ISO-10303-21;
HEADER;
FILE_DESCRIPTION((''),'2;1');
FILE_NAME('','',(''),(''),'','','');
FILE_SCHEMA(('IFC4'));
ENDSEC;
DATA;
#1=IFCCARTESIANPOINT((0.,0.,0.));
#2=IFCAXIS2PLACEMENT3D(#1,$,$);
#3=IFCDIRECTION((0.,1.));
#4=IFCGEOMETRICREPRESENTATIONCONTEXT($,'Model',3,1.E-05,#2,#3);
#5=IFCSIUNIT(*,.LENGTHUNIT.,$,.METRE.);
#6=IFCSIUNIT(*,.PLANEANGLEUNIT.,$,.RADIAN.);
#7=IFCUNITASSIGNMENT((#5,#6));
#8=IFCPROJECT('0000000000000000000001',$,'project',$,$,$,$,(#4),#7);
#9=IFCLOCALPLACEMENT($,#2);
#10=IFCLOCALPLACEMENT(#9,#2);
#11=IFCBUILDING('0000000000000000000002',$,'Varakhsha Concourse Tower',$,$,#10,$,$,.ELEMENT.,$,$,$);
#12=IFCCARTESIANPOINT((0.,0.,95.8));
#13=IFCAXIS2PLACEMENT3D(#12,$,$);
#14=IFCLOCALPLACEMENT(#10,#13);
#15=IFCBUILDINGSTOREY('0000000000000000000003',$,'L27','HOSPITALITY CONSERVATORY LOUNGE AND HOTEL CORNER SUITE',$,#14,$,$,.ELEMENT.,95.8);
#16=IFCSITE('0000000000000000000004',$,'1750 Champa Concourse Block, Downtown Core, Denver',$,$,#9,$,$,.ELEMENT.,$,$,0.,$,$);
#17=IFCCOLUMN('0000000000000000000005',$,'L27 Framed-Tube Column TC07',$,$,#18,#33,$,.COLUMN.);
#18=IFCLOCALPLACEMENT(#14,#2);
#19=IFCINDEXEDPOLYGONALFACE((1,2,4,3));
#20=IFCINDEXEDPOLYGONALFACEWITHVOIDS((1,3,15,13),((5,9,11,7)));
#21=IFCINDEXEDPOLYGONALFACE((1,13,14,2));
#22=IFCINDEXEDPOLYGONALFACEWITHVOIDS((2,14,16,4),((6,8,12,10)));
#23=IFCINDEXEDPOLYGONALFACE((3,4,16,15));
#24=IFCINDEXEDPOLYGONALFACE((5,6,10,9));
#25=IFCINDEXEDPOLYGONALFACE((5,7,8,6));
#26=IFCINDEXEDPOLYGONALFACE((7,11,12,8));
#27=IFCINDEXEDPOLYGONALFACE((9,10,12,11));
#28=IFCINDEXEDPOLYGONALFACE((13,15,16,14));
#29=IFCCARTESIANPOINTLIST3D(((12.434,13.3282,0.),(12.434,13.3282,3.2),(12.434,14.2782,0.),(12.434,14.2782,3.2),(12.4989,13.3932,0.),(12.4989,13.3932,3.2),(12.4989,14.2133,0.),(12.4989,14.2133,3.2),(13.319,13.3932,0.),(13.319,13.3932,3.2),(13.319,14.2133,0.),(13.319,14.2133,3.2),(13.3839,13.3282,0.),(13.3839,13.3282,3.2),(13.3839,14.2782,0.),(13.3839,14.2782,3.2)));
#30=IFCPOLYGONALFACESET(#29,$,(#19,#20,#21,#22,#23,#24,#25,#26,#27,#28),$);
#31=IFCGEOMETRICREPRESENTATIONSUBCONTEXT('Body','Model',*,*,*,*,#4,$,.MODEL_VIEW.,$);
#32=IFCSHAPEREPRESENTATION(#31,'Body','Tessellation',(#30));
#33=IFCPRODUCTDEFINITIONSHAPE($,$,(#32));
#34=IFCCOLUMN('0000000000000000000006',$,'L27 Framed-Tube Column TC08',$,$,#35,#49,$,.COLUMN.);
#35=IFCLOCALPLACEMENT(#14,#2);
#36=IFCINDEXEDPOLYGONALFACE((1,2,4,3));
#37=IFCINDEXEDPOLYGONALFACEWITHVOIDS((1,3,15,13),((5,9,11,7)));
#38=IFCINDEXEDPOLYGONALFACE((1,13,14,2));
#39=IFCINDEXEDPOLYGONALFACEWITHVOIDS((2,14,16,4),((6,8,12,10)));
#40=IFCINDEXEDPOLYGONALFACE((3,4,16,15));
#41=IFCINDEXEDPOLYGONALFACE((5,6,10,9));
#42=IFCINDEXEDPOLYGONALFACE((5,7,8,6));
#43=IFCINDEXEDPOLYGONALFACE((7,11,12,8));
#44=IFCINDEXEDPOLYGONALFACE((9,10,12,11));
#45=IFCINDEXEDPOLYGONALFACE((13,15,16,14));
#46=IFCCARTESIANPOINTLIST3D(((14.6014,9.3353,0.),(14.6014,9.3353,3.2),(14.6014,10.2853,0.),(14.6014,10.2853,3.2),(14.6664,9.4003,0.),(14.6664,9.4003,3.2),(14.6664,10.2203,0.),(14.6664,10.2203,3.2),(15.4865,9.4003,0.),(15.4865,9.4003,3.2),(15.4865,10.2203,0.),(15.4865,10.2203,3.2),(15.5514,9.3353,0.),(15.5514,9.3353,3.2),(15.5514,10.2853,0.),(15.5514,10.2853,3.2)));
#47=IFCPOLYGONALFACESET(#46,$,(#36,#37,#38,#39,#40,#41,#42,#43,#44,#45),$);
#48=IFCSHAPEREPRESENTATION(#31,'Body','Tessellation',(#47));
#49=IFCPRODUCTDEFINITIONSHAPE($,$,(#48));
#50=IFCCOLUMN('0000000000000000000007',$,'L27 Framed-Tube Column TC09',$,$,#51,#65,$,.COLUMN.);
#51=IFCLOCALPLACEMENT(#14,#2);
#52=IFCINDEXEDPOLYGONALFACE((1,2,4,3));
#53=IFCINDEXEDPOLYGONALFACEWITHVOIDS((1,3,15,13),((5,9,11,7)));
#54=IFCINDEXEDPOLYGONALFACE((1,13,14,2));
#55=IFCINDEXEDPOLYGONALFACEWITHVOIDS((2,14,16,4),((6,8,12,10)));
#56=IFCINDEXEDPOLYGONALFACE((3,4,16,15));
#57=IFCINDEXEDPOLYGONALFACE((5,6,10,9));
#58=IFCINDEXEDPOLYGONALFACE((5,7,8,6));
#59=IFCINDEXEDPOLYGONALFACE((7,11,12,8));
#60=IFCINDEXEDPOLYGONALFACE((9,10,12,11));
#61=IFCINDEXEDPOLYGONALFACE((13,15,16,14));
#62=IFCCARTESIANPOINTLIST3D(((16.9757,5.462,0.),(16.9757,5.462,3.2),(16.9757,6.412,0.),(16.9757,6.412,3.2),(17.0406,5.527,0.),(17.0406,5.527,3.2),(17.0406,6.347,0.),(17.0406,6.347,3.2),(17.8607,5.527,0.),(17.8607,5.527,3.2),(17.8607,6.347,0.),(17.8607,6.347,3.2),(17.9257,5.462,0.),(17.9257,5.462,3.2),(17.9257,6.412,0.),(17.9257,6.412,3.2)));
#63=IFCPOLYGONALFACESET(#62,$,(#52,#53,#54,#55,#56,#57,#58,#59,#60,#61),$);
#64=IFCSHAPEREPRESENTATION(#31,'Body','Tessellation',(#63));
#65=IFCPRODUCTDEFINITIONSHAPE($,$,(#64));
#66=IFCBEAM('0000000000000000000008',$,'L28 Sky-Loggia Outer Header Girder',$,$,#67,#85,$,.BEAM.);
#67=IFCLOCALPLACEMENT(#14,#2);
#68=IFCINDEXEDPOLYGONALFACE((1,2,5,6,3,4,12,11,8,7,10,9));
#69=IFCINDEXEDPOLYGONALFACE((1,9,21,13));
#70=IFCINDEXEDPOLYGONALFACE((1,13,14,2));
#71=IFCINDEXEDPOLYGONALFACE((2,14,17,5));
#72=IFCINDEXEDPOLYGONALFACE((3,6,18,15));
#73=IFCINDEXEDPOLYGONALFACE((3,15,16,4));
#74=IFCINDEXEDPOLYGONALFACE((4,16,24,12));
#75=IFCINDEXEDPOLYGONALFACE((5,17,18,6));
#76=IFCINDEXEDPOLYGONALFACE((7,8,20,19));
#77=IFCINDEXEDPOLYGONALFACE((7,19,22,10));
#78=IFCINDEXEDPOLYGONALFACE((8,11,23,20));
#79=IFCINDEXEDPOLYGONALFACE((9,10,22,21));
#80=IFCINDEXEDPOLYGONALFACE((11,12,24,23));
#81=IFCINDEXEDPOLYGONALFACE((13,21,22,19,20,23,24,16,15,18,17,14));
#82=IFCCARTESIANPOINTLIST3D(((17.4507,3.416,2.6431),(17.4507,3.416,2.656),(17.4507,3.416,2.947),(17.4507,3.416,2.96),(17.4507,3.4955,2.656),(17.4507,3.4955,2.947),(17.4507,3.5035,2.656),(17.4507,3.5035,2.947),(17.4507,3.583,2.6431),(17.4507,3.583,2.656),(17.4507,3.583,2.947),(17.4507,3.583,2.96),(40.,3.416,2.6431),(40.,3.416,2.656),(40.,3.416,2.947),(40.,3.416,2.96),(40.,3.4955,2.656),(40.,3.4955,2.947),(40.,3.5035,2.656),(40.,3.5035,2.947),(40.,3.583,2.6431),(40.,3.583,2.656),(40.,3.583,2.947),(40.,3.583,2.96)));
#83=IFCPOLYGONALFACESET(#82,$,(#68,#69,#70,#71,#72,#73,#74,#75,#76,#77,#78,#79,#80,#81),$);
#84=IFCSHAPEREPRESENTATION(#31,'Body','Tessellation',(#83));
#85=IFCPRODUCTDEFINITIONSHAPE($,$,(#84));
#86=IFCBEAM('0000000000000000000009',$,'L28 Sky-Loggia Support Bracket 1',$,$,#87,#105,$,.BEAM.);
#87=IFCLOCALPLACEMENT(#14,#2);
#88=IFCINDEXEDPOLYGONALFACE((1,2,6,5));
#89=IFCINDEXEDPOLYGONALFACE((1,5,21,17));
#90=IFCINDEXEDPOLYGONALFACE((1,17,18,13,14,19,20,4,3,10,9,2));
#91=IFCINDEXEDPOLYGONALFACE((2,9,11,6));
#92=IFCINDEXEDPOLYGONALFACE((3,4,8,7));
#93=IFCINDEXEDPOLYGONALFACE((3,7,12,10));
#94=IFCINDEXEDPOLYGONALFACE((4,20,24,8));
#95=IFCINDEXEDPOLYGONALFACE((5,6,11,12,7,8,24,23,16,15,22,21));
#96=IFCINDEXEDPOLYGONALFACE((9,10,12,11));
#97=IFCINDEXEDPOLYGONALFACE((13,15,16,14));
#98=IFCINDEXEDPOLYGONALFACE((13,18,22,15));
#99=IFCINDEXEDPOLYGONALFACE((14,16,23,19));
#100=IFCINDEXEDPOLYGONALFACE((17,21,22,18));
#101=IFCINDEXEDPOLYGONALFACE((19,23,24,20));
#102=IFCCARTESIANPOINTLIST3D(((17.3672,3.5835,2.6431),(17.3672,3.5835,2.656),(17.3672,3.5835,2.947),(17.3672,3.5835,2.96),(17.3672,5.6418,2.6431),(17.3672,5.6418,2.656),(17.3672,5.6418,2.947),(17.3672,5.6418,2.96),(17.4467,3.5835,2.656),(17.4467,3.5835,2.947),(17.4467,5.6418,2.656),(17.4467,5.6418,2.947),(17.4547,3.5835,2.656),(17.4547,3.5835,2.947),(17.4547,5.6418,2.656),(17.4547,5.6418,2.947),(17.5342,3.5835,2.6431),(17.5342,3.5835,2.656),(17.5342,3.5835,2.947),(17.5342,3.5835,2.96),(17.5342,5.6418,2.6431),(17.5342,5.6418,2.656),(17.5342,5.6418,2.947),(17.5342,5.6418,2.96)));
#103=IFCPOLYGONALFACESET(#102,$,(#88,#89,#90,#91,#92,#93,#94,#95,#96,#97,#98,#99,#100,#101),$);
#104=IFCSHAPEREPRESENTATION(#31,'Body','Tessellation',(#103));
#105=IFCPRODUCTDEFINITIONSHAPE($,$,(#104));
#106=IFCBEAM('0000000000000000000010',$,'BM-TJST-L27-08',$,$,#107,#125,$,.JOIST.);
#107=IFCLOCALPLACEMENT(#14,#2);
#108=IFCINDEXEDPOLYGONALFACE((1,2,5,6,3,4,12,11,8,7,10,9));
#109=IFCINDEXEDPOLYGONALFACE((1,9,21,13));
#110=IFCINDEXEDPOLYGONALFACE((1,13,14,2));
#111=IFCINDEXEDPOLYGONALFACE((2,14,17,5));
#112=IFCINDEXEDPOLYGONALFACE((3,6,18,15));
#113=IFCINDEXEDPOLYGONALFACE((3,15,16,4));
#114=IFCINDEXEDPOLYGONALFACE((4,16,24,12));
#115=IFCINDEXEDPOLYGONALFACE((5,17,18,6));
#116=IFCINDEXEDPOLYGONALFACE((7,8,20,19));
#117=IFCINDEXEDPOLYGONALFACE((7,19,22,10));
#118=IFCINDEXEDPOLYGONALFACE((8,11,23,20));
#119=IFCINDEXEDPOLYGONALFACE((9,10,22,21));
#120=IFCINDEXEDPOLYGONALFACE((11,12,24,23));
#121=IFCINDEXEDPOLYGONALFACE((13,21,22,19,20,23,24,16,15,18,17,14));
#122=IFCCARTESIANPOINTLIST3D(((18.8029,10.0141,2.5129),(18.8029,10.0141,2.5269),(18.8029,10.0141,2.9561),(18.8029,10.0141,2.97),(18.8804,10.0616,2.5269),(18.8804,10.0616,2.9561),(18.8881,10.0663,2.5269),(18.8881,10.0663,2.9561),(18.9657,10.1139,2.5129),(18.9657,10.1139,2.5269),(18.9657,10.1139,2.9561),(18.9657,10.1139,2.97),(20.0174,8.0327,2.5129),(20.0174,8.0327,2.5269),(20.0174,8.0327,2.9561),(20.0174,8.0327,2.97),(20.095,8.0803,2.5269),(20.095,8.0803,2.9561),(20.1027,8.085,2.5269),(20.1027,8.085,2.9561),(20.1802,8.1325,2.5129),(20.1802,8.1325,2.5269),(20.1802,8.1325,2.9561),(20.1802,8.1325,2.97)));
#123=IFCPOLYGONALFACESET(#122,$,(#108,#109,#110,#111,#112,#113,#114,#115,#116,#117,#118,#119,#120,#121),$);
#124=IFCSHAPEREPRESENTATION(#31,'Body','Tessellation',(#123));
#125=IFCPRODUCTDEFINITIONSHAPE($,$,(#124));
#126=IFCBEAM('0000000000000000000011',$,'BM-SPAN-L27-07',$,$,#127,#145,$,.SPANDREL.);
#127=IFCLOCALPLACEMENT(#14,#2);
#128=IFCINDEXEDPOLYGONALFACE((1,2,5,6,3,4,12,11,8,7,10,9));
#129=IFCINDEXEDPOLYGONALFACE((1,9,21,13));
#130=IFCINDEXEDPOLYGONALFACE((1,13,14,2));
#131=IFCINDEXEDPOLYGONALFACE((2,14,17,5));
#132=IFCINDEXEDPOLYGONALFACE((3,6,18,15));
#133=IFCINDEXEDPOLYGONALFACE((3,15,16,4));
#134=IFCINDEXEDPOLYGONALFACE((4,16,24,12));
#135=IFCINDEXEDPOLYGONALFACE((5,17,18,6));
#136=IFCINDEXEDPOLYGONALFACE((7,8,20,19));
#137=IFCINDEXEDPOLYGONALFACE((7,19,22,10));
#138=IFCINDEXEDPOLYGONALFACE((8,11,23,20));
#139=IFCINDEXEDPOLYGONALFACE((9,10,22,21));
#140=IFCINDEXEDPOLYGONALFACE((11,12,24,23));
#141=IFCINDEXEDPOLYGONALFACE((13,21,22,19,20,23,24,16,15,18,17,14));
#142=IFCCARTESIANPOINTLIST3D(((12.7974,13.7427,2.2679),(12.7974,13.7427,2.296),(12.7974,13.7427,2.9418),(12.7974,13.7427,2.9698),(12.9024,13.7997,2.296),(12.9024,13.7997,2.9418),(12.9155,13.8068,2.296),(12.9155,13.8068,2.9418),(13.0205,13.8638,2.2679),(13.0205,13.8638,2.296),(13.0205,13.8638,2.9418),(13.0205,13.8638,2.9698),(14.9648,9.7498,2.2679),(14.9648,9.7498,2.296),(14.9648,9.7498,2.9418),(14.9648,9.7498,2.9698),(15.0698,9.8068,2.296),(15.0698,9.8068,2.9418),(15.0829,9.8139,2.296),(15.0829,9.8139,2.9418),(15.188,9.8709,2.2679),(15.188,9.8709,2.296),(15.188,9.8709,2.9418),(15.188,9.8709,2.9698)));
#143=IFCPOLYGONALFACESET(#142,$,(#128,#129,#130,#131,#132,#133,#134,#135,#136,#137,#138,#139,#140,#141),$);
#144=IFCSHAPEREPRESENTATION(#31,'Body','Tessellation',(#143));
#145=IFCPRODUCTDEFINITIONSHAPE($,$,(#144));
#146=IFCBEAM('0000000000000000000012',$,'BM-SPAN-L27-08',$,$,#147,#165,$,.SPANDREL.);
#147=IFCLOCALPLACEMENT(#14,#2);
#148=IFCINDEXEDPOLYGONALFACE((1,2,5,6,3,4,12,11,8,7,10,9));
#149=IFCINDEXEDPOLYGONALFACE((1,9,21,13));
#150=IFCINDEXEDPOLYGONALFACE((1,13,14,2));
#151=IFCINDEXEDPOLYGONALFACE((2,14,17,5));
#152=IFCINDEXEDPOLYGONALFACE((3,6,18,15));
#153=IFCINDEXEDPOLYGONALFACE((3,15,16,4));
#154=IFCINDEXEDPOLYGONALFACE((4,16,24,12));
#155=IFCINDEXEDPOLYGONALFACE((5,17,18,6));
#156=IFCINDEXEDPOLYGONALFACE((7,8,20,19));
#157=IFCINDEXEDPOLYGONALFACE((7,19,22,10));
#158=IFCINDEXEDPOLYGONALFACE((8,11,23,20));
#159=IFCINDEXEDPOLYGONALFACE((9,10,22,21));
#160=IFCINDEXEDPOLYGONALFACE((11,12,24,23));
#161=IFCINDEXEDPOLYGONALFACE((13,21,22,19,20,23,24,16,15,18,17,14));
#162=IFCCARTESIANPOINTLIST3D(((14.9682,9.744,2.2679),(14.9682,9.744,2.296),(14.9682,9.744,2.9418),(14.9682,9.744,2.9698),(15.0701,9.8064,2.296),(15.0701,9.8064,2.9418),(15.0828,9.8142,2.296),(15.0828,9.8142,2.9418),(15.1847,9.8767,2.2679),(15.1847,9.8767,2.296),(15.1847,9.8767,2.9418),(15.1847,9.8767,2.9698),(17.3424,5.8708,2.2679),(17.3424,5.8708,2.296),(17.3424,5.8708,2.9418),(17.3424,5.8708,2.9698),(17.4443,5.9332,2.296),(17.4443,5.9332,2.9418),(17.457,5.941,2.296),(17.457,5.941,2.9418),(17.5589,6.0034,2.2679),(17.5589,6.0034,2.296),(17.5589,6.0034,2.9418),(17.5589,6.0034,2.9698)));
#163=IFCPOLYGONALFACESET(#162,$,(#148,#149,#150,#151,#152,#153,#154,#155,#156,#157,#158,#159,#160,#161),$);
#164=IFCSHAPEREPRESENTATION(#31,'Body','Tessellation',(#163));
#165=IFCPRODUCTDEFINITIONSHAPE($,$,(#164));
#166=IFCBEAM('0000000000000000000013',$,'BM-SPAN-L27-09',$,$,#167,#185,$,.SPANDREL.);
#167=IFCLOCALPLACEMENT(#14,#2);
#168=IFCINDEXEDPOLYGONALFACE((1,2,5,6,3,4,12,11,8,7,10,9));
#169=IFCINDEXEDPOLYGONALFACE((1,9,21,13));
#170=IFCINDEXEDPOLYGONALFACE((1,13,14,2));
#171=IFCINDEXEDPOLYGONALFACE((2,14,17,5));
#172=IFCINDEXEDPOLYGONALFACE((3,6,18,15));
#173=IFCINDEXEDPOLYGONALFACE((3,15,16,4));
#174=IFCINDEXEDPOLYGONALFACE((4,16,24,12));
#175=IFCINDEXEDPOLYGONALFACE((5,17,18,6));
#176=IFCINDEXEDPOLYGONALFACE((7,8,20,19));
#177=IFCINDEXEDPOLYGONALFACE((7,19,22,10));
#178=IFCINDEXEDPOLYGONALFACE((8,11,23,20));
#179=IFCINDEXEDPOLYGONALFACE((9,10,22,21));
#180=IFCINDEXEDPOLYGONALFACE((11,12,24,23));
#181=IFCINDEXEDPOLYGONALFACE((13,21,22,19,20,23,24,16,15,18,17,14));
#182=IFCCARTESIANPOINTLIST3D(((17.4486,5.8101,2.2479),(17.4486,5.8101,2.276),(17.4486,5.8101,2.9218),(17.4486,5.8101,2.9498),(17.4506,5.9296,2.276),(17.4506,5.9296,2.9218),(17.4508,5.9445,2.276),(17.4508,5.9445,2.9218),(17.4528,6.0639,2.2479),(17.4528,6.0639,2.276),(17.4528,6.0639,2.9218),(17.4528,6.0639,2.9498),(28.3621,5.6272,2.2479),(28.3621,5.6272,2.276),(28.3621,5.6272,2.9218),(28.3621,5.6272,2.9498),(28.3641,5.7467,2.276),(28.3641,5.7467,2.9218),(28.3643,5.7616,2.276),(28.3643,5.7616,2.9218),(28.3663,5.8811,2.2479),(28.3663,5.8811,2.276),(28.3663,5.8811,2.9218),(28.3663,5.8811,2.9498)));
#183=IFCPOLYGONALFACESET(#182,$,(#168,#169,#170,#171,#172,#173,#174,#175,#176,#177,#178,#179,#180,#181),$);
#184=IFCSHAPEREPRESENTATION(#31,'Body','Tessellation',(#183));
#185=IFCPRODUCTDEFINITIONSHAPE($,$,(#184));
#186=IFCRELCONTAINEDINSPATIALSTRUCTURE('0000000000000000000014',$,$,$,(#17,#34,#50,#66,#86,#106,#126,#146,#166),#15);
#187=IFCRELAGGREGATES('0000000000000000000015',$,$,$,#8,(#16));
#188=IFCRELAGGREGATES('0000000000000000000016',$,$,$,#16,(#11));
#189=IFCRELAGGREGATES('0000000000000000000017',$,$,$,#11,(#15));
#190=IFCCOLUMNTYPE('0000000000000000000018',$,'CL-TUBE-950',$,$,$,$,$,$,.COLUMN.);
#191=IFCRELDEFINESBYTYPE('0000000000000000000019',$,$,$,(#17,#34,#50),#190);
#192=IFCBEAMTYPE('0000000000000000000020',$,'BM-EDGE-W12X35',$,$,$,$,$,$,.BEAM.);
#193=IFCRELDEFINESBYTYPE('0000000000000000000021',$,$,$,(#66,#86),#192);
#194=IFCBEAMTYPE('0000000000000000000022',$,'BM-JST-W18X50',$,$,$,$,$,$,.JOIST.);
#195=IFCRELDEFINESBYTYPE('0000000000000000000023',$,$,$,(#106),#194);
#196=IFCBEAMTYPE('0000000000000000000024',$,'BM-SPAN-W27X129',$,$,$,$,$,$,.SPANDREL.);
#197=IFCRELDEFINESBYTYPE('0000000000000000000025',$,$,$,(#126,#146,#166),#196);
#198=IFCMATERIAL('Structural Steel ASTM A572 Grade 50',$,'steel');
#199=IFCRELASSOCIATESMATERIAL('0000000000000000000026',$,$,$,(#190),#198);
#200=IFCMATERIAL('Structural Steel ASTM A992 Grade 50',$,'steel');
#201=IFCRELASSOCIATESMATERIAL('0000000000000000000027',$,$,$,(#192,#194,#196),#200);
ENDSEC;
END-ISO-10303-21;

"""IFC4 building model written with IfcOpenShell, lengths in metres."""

from ifc_helpers import new_model, si_unit, direction, frame, origin, origin_2d, place, context, subcontext, project, spatial, hollow_rectangle, i_section, extrude, material, material_profile, profile_set, type_object, element, save


model = new_model("IFC4")

# Units and contexts
model_context = context("Model", 3, precision=1e-05, world=origin(), true_north=direction((0.0, 1.0)))
body_context = subcontext(model_context, "Body", "Model", "MODEL_VIEW")
ifc_project = project(units=[si_unit("LENGTHUNIT", "METRE"), si_unit("PLANEANGLEUNIT", "RADIAN")], contexts=[model_context])

# Site, building, storey
site_placement = place(None, origin())
site = spatial("IfcSite", under=ifc_project, at=site_placement, Name="1750 Champa Concourse Block, Downtown Core, Denver", CompositionType="ELEMENT", RefElevation=0.0)
building_placement = place(site_placement, origin())
building = spatial("IfcBuilding", under=site, at=building_placement, Name="Varakhsha Concourse Tower", CompositionType="ELEMENT")
storey_placement = place(building_placement, frame((0.0, 0.0, 95.8)))
storey = spatial("IfcBuildingStorey", under=building, at=storey_placement, Name="L27", Description="HOSPITALITY CONSERVATORY LOUNGE AND HOTEL CORNER SUITE", CompositionType="ELEMENT", Elevation=95.8)

# Columns
ifc_material_1 = material(Name="Structural Steel ASTM A572 Grade 50", Category="steel")
ifc_material_profile_1 = material_profile(ifc_material_1, hollow_rectangle(XDim=0.95, YDim=0.95, WallThickness=0.0649, at=origin_2d()), Name="BOX 950x950x65")
ifc_profile_set_1 = profile_set([ifc_material_profile_1], Name="Structural Steel ASTM A572 Grade 50")
column_type = type_object("IfcColumnType", Name="CL-TUBE-950", PredefinedType="COLUMN", material=ifc_profile_set_1)
for number, where, z_axis, x_axis, name in (
    (1, (12.9089, 13.8032, 0.0), (0.0, 0.0, 1.0), (1.0, 0.0, 0.0), "L27 Framed-Tube Column TC07"),
    (2, (15.0764, 9.8103, 0.0), (0.0, 0.0, 1.0), (1.0, 0.0, 0.0), "L27 Framed-Tube Column TC08"),
    (3, (17.4507, 5.937, 0.0), (0.0, 0.0, 1.0), (1.0, 0.0, 0.0), "L27 Framed-Tube Column TC09"),
):
    element("IfcColumn", number, at=place(storey_placement, frame(where, z_axis=z_axis, x_axis=x_axis)), inside=storey, type_object=column_type, Name=name, PredefinedType="COLUMN", context=body_context, shape_type="SweptSolid", body=[
        extrude(hollow_rectangle(XDim=0.95, YDim=0.95, WallThickness=0.0649, at=origin_2d()), origin(), (0.0, 0.0, 1.0), 3.2),
    ])

# Beams
ifc_material_2 = material(Name="Structural Steel ASTM A992 Grade 50", Category="steel")
ifc_material_profile_2 = material_profile(ifc_material_2, i_section(OverallWidth=0.167, OverallDepth=0.3169, WebThickness=0.0081, FlangeThickness=0.0129, at=origin_2d()), Name="W12X35")
ifc_profile_set_2 = profile_set([ifc_material_profile_2], Name="Structural Steel ASTM A992 Grade 50")
beam_type_1 = type_object("IfcBeamType", Name="BM-EDGE-W12X35", PredefinedType="BEAM", material=ifc_profile_set_2)
beam_1_placement = place(storey_placement, frame((17.4507, 3.4995, 2.8015), z_axis=(1.0, 0.0, 0.0), x_axis=(0.0, 1.0, 0.0)))
element("IfcBeam", 4, at=beam_1_placement, inside=storey, type_object=beam_type_1, Name="L28 Sky-Loggia Outer Header Girder", PredefinedType="BEAM", context=body_context, shape_type="SweptSolid", body=[
    extrude(i_section(OverallWidth=0.167, OverallDepth=0.3169, WebThickness=0.0081, FlangeThickness=0.0129, at=origin_2d()), origin(), (0.0, 0.0, 1.0), 22.5493),
])
beam_2_placement = place(storey_placement, frame((17.4507, 5.6418, 2.8015), z_axis=(0.0, -1.0, 0.0), x_axis=(1.0, 0.0, 0.0)))
element("IfcBeam", 5, at=beam_2_placement, inside=storey, type_object=beam_type_1, Name="L28 Sky-Loggia Support Bracket 1", PredefinedType="BEAM", context=body_context, shape_type="SweptSolid", body=[
    extrude(i_section(OverallWidth=0.167, OverallDepth=0.3169, WebThickness=0.0081, FlangeThickness=0.0129, at=origin_2d()), origin(), (0.0, 0.0, 1.0), 2.0583),
])
ifc_material_profile_3 = material_profile(ifc_material_2, i_section(OverallWidth=0.1909, OverallDepth=0.457, WebThickness=0.009, FlangeThickness=0.0139, at=origin_2d()), Name="W18X50")
ifc_profile_set_3 = profile_set([ifc_material_profile_3], Name="Structural Steel ASTM A992 Grade 50")
beam_type_2 = type_object("IfcBeamType", Name="BM-JST-W18X50", PredefinedType="JOIST", material=ifc_profile_set_3)
beam_3_placement = place(storey_placement, frame((18.8843, 10.064, 2.7415), z_axis=(0.522614, -0.85257, 0.0), x_axis=(0.85257, 0.522614, 0.0)))
element("IfcBeam", 6, at=beam_3_placement, inside=storey, type_object=beam_type_2, Name="BM-TJST-L27-08", PredefinedType="JOIST", context=body_context, shape_type="SweptSolid", body=[
    extrude(i_section(OverallWidth=0.1909, OverallDepth=0.457, WebThickness=0.009, FlangeThickness=0.0139, at=origin_2d()), origin(), (0.0, 0.0, 1.0), 2.324),
])
ifc_material_profile_4 = material_profile(ifc_material_2, i_section(OverallWidth=0.2539, OverallDepth=0.7019, WebThickness=0.0149, FlangeThickness=0.0281, at=origin_2d()), Name="W27X129")
ifc_profile_set_4 = profile_set([ifc_material_profile_4], Name="Structural Steel ASTM A992 Grade 50")
beam_type_3 = type_object("IfcBeamType", Name="BM-SPAN-W27X129", PredefinedType="SPANDREL", material=ifc_profile_set_4)
beam_4_placement = place(storey_placement, frame((12.9089, 13.8032, 2.6189), z_axis=(0.477074, -0.878863, 0.0), x_axis=(0.878863, 0.477074, 0.0)))
element("IfcBeam", 7, at=beam_4_placement, inside=storey, type_object=beam_type_3, Name="BM-SPAN-L27-07", PredefinedType="SPANDREL", context=body_context, shape_type="SweptSolid", body=[
    extrude(i_section(OverallWidth=0.2539, OverallDepth=0.7019, WebThickness=0.0149, FlangeThickness=0.0281, at=origin_2d()), origin(), (0.0, 0.0, 1.0), 4.5432),
])
beam_5_placement = place(storey_placement, frame((15.0764, 9.8103, 2.6189), z_axis=(0.522612, -0.85257, 0.0), x_axis=(0.85257, 0.522612, 0.0)))
element("IfcBeam", 8, at=beam_5_placement, inside=storey, type_object=beam_type_3, Name="BM-SPAN-L27-08", PredefinedType="SPANDREL", context=body_context, shape_type="SweptSolid", body=[
    extrude(i_section(OverallWidth=0.2539, OverallDepth=0.7019, WebThickness=0.0149, FlangeThickness=0.0281, at=origin_2d()), origin(), (0.0, 0.0, 1.0), 4.543),
])
beam_6_placement = place(storey_placement, frame((17.4507, 5.937, 2.5989), z_axis=(0.99986, -0.016753, 0.0), x_axis=(0.016753, 0.99986, 0.0)))
element("IfcBeam", 9, at=beam_6_placement, inside=storey, type_object=beam_type_3, Name="BM-SPAN-L27-09", PredefinedType="SPANDREL", context=body_context, shape_type="SweptSolid", body=[
    extrude(i_section(OverallWidth=0.2539, OverallDepth=0.7019, WebThickness=0.0149, FlangeThickness=0.0281, at=origin_2d()), origin(), (0.0, 0.0, 1.0), 10.915),
])

save(model, "model.ifc")
